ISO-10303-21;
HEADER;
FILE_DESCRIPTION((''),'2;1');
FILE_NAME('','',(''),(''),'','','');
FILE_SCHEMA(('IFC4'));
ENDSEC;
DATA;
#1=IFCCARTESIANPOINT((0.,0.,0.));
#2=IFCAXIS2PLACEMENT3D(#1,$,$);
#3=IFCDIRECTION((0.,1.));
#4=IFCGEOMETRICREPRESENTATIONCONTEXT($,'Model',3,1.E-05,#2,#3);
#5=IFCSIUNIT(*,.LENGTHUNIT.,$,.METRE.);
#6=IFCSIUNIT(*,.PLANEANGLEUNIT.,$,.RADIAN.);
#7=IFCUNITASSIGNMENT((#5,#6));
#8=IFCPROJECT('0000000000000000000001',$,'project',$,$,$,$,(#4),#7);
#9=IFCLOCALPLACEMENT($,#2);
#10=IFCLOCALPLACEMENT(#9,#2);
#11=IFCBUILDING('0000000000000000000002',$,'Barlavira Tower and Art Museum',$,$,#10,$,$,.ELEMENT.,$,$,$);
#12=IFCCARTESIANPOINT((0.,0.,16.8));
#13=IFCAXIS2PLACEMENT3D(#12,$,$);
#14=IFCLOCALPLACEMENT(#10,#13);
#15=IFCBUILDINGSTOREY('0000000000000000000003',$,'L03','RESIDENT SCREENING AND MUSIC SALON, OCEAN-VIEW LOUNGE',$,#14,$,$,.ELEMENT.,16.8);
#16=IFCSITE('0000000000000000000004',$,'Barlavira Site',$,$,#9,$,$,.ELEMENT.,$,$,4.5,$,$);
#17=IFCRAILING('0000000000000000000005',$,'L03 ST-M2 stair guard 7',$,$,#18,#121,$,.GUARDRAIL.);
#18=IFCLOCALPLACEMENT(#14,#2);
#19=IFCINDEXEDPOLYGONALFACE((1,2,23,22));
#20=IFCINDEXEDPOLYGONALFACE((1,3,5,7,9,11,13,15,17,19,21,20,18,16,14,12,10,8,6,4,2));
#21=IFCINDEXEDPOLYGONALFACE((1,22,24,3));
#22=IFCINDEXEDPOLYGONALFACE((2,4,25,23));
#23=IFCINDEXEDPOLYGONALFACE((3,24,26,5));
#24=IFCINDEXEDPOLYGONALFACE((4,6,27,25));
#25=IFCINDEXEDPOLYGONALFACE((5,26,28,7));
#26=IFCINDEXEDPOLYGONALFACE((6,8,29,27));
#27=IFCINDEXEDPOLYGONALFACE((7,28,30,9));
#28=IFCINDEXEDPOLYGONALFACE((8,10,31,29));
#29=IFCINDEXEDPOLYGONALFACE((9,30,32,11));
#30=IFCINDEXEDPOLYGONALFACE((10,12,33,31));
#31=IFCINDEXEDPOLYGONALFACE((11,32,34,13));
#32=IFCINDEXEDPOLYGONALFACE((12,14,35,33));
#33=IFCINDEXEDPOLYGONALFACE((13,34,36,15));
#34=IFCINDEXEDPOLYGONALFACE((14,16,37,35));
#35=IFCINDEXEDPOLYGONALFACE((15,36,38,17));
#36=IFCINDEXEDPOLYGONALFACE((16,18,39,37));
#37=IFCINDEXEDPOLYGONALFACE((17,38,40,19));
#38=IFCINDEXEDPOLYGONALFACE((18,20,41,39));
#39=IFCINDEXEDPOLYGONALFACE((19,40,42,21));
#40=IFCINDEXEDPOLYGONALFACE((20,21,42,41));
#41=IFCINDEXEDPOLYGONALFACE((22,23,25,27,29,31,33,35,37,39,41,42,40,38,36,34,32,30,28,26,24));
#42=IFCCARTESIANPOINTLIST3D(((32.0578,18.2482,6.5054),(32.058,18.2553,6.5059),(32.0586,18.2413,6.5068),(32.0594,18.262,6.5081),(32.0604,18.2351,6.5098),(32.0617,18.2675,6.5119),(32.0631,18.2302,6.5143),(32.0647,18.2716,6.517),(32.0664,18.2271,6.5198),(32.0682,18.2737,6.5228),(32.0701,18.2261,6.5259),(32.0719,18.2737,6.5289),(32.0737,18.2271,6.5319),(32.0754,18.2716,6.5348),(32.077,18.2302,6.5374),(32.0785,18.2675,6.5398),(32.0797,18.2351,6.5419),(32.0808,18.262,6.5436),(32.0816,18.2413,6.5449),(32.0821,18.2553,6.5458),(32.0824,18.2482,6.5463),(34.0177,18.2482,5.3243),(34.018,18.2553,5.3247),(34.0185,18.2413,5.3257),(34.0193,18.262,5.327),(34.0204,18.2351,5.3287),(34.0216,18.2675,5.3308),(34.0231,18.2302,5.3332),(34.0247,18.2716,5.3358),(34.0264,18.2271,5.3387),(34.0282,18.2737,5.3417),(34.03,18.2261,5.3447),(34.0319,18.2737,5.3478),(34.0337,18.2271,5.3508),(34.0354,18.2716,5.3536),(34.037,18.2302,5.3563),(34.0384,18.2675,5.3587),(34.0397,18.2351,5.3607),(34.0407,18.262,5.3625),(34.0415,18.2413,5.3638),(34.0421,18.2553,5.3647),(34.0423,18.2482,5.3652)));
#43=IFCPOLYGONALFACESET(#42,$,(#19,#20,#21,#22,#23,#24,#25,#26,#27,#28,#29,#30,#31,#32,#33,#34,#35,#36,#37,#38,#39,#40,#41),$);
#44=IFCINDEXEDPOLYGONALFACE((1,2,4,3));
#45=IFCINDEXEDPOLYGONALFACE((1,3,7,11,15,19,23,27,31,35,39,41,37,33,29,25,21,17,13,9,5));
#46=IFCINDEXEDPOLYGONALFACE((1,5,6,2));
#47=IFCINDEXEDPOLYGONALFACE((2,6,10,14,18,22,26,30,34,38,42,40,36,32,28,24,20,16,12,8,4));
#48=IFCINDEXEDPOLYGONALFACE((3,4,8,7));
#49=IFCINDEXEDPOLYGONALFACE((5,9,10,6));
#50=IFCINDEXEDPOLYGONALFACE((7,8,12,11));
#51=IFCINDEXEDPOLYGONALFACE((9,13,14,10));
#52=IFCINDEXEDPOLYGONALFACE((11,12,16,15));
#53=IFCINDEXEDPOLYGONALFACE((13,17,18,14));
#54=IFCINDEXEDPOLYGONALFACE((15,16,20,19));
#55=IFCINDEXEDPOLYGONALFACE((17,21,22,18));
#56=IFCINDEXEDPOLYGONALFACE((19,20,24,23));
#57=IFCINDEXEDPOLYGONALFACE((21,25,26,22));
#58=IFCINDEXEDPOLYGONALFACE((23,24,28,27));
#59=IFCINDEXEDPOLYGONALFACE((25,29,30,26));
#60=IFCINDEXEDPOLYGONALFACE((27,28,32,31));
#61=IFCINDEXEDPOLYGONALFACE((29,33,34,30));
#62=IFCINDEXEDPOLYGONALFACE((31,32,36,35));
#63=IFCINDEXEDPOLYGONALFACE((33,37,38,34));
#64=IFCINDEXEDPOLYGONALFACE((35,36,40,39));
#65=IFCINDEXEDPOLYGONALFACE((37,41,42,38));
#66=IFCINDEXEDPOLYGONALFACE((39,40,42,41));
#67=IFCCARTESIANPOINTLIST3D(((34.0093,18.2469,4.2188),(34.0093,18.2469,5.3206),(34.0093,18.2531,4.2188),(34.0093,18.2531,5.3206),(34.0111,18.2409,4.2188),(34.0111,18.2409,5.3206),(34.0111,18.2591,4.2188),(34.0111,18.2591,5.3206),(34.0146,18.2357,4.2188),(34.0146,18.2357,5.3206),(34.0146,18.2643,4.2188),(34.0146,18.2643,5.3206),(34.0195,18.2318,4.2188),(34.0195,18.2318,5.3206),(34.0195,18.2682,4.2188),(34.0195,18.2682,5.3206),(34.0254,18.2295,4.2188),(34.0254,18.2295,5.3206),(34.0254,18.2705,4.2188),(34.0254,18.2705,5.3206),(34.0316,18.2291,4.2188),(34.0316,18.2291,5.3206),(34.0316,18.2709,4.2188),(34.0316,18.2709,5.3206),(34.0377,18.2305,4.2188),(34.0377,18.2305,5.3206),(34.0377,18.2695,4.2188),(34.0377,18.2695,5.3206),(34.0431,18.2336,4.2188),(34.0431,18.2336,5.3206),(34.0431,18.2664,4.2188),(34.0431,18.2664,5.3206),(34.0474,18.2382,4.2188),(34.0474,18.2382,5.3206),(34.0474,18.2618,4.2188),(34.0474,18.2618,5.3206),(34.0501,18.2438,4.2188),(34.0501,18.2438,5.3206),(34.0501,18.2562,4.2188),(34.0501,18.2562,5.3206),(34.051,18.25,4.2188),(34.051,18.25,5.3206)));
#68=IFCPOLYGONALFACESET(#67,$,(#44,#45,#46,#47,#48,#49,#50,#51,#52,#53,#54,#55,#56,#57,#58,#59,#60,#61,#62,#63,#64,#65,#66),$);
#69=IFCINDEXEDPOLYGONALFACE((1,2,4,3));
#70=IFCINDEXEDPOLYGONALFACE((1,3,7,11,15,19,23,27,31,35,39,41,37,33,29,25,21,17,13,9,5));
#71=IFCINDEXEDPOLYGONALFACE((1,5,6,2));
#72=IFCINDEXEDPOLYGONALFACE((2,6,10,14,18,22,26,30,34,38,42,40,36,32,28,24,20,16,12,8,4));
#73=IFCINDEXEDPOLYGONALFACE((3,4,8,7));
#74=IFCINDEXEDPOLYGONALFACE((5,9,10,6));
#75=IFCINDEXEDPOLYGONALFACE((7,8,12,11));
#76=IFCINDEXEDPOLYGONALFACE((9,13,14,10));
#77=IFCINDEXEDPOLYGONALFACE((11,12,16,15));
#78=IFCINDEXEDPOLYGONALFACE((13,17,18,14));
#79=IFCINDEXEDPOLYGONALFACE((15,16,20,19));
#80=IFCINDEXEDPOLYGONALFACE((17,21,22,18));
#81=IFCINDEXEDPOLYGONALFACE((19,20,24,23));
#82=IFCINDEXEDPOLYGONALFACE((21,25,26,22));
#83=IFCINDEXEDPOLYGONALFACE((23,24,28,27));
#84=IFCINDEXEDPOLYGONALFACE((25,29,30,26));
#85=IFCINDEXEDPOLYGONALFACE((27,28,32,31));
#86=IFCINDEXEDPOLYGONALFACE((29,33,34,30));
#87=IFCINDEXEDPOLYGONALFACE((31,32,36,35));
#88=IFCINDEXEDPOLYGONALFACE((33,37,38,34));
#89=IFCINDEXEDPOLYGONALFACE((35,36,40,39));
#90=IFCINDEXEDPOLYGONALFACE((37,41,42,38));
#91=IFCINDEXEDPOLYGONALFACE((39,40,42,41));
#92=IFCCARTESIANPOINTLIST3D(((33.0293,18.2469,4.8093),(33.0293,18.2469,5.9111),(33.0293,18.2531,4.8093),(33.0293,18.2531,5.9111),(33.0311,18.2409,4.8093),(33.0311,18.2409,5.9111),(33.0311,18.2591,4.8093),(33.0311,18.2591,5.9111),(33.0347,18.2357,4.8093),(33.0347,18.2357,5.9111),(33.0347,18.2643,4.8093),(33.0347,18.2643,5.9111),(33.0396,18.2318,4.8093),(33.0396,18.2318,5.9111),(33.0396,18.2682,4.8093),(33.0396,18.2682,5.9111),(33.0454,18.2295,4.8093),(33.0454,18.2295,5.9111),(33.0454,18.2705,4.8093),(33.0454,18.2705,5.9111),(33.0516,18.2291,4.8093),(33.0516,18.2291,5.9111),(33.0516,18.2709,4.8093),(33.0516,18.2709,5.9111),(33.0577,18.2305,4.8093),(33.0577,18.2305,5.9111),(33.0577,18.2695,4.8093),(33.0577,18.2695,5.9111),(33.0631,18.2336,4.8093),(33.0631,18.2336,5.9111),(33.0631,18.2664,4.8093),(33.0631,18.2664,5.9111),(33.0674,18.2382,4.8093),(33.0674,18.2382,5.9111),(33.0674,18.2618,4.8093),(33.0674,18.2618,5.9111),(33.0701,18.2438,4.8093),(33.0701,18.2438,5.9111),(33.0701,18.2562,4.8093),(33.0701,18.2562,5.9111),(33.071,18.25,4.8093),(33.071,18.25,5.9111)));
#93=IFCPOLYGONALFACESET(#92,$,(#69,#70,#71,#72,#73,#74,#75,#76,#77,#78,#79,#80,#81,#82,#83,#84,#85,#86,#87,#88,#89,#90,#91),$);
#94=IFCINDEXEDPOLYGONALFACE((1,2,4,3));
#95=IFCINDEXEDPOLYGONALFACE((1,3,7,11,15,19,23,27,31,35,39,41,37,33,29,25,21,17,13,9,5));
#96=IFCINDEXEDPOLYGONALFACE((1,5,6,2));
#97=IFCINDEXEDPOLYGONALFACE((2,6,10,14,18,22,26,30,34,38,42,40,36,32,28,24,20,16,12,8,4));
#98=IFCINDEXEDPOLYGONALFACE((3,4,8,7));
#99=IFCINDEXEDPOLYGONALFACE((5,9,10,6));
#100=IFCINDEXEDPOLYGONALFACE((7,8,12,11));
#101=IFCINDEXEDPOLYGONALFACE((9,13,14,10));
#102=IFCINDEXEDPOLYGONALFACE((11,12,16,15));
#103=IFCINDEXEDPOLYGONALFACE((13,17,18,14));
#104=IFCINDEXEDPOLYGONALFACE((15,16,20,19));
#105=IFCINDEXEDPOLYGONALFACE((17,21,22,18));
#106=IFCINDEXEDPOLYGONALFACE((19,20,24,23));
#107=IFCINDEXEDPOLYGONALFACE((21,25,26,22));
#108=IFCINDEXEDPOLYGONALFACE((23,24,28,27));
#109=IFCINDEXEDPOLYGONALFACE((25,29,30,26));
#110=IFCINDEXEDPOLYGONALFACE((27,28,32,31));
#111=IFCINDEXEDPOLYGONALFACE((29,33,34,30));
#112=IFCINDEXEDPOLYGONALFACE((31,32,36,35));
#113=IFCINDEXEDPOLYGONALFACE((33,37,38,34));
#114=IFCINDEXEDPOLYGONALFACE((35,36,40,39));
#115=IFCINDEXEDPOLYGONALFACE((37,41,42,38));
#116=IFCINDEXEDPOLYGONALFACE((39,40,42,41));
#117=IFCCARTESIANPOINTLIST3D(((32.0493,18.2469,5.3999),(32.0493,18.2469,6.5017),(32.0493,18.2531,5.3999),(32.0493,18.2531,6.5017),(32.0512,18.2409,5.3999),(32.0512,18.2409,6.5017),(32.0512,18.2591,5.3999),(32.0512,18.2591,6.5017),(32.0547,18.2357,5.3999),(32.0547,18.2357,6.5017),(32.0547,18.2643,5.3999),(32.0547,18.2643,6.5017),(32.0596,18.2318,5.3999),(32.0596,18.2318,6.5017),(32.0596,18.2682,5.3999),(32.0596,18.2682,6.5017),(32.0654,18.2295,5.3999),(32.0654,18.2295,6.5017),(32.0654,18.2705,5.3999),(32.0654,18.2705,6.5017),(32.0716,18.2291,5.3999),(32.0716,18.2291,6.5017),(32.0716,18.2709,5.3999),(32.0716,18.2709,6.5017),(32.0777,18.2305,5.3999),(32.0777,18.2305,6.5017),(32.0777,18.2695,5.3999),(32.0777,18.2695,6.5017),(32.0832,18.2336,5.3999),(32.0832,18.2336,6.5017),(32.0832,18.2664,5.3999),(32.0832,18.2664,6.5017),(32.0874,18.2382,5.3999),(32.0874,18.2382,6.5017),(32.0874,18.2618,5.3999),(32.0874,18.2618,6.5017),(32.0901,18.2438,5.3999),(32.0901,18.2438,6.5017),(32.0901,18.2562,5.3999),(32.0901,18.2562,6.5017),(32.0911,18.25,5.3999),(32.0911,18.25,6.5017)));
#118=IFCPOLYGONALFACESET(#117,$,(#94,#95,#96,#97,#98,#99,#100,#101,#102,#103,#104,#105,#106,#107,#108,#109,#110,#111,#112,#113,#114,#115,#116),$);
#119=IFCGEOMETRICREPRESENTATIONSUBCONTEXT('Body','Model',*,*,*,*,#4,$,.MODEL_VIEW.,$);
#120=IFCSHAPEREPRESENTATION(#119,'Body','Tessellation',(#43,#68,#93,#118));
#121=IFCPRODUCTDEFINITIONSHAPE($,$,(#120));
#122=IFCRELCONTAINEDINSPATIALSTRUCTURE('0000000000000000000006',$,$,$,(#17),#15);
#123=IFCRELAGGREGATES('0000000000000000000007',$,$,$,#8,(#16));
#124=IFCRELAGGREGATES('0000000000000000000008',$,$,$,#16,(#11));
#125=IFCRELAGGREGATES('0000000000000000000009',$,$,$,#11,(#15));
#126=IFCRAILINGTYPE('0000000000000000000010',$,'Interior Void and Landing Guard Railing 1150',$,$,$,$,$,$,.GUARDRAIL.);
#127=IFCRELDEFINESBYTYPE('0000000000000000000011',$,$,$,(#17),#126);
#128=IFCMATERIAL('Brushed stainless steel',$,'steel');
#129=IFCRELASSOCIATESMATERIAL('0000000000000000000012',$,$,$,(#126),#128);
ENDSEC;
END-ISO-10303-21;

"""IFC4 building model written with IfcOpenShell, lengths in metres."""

from ifc_helpers import new_model, si_unit, direction, frame, origin, origin_2d, place, context, subcontext, project, spatial, circle, extrude, material, type_object, element, save


model = new_model("IFC4")

# Units and contexts
model_context = context("Model", 3, precision=1e-05, world=origin(), true_north=direction((0.0, 1.0)))
body_context = subcontext(model_context, "Body", "Model", "MODEL_VIEW")
ifc_project = project(units=[si_unit("LENGTHUNIT", "METRE"), si_unit("PLANEANGLEUNIT", "RADIAN")], contexts=[model_context])

# Site, building, storey
site_placement = place(None, origin())
site = spatial("IfcSite", under=ifc_project, at=site_placement, Name="Barlavira Site", CompositionType="ELEMENT", RefElevation=4.5)
building_placement = place(site_placement, origin())
building = spatial("IfcBuilding", under=site, at=building_placement, Name="Barlavira Tower and Art Museum", CompositionType="ELEMENT")
storey_placement = place(building_placement, frame((0.0, 0.0, 16.8)))
storey = spatial("IfcBuildingStorey", under=building, at=storey_placement, Name="L03", Description="RESIDENT SCREENING AND MUSIC SALON, OCEAN-VIEW LOUNGE", CompositionType="ELEMENT", Elevation=16.8)

# Shared definitions
ifc_material_1 = material(Name="Brushed stainless steel", Category="steel")

# Railing
railing_type_1 = type_object("IfcRailingType", Name="Interior Void and Landing Guard Railing 1150", PredefinedType="GUARDRAIL", material=ifc_material_1)
railing_1_placement = place(storey_placement, frame((34.03, 18.25, 4.2188)))
element("IfcRailing", 1, at=railing_1_placement, inside=storey, type_object=railing_type_1, Name="L03 ST-M2 stair guard 7", PredefinedType="GUARDRAIL", context=body_context, shape_type="SweptSolid", body=[
    extrude(circle(Radius=0.0239, at=origin_2d()), frame((0.0, 0.0, 1.126), z_axis=(-0.856493, 0.0, 0.516158), x_axis=(0.0, -1.0, 0.0)), (0.0, 0.0, 1.0), 2.2883),
    extrude(circle(Radius=0.021, at=origin_2d()), origin(), (0.0, 0.0, 1.0), 1.1018),
    extrude(circle(Radius=0.021, at=origin_2d()), frame((-0.98, 0.0, 0.5906)), (0.0, 0.0, 1.0), 1.1018),
    extrude(circle(Radius=0.021, at=origin_2d()), frame((-1.96, 0.0, 1.1812)), (0.0, 0.0, 1.0), 1.1018),
])

save(model, "model.ifc")
